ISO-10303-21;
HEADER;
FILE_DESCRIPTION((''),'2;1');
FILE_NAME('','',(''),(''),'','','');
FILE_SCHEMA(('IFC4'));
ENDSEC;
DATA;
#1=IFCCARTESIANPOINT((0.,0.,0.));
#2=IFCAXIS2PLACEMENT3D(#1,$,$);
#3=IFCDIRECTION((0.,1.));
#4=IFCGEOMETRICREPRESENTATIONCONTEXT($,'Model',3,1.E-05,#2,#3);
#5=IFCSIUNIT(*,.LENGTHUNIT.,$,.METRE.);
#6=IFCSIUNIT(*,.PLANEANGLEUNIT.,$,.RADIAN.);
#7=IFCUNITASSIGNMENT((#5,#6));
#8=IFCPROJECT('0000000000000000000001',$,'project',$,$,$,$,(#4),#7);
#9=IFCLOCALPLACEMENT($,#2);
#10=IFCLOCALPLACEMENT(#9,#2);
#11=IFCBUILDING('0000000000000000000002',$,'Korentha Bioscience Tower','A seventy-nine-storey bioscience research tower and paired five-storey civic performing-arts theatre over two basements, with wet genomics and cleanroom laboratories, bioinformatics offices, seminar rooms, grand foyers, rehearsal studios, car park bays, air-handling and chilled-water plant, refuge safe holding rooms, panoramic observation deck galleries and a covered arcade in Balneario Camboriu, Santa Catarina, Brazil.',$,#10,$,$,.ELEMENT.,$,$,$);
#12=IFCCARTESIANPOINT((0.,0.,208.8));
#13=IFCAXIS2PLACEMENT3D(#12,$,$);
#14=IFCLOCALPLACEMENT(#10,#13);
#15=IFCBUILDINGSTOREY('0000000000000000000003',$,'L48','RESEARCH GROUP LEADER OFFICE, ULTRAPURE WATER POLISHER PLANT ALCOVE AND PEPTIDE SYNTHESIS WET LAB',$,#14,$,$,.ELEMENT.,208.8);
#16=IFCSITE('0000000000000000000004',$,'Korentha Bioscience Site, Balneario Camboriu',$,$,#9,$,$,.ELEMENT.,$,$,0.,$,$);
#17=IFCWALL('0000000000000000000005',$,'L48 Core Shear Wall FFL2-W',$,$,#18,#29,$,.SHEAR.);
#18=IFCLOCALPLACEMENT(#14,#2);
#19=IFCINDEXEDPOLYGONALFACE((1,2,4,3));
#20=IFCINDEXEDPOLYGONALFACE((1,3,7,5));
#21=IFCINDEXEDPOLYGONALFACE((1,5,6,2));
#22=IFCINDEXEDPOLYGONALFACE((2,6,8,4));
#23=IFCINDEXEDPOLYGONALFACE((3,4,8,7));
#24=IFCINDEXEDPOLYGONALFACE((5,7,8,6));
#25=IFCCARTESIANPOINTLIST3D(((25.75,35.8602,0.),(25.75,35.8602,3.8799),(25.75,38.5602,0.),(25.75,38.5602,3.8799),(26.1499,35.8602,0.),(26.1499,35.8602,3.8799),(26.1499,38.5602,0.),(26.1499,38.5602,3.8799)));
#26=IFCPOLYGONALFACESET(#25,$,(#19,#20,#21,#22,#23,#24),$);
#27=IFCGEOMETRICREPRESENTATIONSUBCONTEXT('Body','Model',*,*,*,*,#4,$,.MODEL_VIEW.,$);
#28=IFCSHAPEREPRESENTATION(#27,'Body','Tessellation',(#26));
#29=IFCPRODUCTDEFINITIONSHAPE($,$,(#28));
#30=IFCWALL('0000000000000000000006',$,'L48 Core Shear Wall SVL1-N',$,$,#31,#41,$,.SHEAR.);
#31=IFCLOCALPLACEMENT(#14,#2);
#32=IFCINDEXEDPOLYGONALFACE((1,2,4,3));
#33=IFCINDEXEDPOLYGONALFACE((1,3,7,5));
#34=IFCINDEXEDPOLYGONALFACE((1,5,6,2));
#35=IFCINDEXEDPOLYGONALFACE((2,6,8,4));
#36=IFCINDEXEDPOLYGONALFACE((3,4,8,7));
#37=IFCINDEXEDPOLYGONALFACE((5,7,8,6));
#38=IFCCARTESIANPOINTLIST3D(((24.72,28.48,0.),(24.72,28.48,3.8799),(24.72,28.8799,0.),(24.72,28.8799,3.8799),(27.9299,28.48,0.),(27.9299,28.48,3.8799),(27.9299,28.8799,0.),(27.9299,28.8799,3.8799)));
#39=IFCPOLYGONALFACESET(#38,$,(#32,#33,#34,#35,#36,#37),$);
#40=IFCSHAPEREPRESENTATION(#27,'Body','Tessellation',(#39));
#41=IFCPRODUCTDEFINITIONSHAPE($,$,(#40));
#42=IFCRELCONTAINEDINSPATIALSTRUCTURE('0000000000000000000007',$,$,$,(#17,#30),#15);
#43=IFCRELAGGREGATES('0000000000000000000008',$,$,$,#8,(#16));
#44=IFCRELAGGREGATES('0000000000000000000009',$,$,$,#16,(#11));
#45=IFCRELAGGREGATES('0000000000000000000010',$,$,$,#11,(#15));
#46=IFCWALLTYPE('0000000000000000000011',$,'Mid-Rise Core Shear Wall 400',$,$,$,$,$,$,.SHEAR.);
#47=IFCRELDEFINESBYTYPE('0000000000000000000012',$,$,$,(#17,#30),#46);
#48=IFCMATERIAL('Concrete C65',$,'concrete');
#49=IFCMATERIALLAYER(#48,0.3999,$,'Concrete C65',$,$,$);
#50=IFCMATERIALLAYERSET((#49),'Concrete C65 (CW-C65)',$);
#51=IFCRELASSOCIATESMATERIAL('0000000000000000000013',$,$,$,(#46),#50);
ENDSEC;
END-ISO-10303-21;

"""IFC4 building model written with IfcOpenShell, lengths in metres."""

from ifc_helpers import new_model, si_unit, direction, frame, frame_2d, origin, place, context, subcontext, project, spatial, rectangle, extrude, material, layer, layer_set, type_object, element, save


model = new_model("IFC4")

# Units and contexts
model_context = context("Model", 3, precision=1e-05, world=origin(), true_north=direction((0.0, 1.0)))
body_context = subcontext(model_context, "Body", "Model", "MODEL_VIEW")
ifc_project = project(units=[si_unit("LENGTHUNIT", "METRE"), si_unit("PLANEANGLEUNIT", "RADIAN")], contexts=[model_context])

# Site, building, storey
site_placement = place(None, origin())
site = spatial("IfcSite", under=ifc_project, at=site_placement, Name="Korentha Bioscience Site, Balneario Camboriu", CompositionType="ELEMENT", RefElevation=0.0)
building_placement = place(site_placement, origin())
building = spatial("IfcBuilding", under=site, at=building_placement, Name="Korentha Bioscience Tower", Description="A seventy-nine-storey bioscience research tower and paired five-storey civic performing-arts theatre over two basements, with wet genomics and cleanroom laboratories, bioinformatics offices, seminar rooms, grand foyers, rehearsal studios, car park bays, air-handling and chilled-water plant, refuge safe holding rooms, panoramic observation deck galleries and a covered arcade in Balneario Camboriu, Santa Catarina, Brazil.", CompositionType="ELEMENT")
storey_placement = place(building_placement, frame((0.0, 0.0, 208.8)))
storey = spatial("IfcBuildingStorey", under=building, at=storey_placement, Name="L48", Description="RESEARCH GROUP LEADER OFFICE, ULTRAPURE WATER POLISHER PLANT ALCOVE AND PEPTIDE SYNTHESIS WET LAB", CompositionType="ELEMENT", Elevation=208.8)

# Shared definitions
ifc_material_1 = material(Name="Concrete C65", Category="concrete")

# Shared definitions
ifc_layer_1 = layer(ifc_material_1, 0.3999, Name="Concrete C65")
ifc_layer_set_1 = layer_set([ifc_layer_1], Name="Concrete C65 (CW-C65)")
wall_type_1 = type_object("IfcWallType", Name="Mid-Rise Core Shear Wall 400", PredefinedType="SHEAR", material=ifc_layer_set_1)

# Walls
wall_1_placement = place(storey_placement, frame((25.95, 35.8601, 0.0), z_axis=(0.0, 0.0, 1.0), x_axis=(0.0, 1.0, 0.0)))
element("IfcWall", 1, at=wall_1_placement, inside=storey, type_object=wall_type_1, Name="L48 Core Shear Wall FFL2-W", PredefinedType="SHEAR", context=body_context, shape_type="SweptSolid", body=[
    extrude(rectangle(XDim=2.7, YDim=0.3999, at=frame_2d((1.3501, 0.0))), origin(), (0.0, 0.0, 1.0), 3.8799),
])
wall_2_placement = place(storey_placement, frame((24.72, 28.6799, 0.0), z_axis=(0.0, 0.0, 1.0), x_axis=(1.0, 0.0, 0.0)))
element("IfcWall", 2, at=wall_2_placement, inside=storey, type_object=wall_type_1, Name="L48 Core Shear Wall SVL1-N", PredefinedType="SHEAR", context=body_context, shape_type="SweptSolid", body=[
    extrude(rectangle(XDim=3.21, YDim=0.3999, at=frame_2d((1.605, 0.0))), origin(), (0.0, 0.0, 1.0), 3.8799),
])

save(model, "model.ifc")
